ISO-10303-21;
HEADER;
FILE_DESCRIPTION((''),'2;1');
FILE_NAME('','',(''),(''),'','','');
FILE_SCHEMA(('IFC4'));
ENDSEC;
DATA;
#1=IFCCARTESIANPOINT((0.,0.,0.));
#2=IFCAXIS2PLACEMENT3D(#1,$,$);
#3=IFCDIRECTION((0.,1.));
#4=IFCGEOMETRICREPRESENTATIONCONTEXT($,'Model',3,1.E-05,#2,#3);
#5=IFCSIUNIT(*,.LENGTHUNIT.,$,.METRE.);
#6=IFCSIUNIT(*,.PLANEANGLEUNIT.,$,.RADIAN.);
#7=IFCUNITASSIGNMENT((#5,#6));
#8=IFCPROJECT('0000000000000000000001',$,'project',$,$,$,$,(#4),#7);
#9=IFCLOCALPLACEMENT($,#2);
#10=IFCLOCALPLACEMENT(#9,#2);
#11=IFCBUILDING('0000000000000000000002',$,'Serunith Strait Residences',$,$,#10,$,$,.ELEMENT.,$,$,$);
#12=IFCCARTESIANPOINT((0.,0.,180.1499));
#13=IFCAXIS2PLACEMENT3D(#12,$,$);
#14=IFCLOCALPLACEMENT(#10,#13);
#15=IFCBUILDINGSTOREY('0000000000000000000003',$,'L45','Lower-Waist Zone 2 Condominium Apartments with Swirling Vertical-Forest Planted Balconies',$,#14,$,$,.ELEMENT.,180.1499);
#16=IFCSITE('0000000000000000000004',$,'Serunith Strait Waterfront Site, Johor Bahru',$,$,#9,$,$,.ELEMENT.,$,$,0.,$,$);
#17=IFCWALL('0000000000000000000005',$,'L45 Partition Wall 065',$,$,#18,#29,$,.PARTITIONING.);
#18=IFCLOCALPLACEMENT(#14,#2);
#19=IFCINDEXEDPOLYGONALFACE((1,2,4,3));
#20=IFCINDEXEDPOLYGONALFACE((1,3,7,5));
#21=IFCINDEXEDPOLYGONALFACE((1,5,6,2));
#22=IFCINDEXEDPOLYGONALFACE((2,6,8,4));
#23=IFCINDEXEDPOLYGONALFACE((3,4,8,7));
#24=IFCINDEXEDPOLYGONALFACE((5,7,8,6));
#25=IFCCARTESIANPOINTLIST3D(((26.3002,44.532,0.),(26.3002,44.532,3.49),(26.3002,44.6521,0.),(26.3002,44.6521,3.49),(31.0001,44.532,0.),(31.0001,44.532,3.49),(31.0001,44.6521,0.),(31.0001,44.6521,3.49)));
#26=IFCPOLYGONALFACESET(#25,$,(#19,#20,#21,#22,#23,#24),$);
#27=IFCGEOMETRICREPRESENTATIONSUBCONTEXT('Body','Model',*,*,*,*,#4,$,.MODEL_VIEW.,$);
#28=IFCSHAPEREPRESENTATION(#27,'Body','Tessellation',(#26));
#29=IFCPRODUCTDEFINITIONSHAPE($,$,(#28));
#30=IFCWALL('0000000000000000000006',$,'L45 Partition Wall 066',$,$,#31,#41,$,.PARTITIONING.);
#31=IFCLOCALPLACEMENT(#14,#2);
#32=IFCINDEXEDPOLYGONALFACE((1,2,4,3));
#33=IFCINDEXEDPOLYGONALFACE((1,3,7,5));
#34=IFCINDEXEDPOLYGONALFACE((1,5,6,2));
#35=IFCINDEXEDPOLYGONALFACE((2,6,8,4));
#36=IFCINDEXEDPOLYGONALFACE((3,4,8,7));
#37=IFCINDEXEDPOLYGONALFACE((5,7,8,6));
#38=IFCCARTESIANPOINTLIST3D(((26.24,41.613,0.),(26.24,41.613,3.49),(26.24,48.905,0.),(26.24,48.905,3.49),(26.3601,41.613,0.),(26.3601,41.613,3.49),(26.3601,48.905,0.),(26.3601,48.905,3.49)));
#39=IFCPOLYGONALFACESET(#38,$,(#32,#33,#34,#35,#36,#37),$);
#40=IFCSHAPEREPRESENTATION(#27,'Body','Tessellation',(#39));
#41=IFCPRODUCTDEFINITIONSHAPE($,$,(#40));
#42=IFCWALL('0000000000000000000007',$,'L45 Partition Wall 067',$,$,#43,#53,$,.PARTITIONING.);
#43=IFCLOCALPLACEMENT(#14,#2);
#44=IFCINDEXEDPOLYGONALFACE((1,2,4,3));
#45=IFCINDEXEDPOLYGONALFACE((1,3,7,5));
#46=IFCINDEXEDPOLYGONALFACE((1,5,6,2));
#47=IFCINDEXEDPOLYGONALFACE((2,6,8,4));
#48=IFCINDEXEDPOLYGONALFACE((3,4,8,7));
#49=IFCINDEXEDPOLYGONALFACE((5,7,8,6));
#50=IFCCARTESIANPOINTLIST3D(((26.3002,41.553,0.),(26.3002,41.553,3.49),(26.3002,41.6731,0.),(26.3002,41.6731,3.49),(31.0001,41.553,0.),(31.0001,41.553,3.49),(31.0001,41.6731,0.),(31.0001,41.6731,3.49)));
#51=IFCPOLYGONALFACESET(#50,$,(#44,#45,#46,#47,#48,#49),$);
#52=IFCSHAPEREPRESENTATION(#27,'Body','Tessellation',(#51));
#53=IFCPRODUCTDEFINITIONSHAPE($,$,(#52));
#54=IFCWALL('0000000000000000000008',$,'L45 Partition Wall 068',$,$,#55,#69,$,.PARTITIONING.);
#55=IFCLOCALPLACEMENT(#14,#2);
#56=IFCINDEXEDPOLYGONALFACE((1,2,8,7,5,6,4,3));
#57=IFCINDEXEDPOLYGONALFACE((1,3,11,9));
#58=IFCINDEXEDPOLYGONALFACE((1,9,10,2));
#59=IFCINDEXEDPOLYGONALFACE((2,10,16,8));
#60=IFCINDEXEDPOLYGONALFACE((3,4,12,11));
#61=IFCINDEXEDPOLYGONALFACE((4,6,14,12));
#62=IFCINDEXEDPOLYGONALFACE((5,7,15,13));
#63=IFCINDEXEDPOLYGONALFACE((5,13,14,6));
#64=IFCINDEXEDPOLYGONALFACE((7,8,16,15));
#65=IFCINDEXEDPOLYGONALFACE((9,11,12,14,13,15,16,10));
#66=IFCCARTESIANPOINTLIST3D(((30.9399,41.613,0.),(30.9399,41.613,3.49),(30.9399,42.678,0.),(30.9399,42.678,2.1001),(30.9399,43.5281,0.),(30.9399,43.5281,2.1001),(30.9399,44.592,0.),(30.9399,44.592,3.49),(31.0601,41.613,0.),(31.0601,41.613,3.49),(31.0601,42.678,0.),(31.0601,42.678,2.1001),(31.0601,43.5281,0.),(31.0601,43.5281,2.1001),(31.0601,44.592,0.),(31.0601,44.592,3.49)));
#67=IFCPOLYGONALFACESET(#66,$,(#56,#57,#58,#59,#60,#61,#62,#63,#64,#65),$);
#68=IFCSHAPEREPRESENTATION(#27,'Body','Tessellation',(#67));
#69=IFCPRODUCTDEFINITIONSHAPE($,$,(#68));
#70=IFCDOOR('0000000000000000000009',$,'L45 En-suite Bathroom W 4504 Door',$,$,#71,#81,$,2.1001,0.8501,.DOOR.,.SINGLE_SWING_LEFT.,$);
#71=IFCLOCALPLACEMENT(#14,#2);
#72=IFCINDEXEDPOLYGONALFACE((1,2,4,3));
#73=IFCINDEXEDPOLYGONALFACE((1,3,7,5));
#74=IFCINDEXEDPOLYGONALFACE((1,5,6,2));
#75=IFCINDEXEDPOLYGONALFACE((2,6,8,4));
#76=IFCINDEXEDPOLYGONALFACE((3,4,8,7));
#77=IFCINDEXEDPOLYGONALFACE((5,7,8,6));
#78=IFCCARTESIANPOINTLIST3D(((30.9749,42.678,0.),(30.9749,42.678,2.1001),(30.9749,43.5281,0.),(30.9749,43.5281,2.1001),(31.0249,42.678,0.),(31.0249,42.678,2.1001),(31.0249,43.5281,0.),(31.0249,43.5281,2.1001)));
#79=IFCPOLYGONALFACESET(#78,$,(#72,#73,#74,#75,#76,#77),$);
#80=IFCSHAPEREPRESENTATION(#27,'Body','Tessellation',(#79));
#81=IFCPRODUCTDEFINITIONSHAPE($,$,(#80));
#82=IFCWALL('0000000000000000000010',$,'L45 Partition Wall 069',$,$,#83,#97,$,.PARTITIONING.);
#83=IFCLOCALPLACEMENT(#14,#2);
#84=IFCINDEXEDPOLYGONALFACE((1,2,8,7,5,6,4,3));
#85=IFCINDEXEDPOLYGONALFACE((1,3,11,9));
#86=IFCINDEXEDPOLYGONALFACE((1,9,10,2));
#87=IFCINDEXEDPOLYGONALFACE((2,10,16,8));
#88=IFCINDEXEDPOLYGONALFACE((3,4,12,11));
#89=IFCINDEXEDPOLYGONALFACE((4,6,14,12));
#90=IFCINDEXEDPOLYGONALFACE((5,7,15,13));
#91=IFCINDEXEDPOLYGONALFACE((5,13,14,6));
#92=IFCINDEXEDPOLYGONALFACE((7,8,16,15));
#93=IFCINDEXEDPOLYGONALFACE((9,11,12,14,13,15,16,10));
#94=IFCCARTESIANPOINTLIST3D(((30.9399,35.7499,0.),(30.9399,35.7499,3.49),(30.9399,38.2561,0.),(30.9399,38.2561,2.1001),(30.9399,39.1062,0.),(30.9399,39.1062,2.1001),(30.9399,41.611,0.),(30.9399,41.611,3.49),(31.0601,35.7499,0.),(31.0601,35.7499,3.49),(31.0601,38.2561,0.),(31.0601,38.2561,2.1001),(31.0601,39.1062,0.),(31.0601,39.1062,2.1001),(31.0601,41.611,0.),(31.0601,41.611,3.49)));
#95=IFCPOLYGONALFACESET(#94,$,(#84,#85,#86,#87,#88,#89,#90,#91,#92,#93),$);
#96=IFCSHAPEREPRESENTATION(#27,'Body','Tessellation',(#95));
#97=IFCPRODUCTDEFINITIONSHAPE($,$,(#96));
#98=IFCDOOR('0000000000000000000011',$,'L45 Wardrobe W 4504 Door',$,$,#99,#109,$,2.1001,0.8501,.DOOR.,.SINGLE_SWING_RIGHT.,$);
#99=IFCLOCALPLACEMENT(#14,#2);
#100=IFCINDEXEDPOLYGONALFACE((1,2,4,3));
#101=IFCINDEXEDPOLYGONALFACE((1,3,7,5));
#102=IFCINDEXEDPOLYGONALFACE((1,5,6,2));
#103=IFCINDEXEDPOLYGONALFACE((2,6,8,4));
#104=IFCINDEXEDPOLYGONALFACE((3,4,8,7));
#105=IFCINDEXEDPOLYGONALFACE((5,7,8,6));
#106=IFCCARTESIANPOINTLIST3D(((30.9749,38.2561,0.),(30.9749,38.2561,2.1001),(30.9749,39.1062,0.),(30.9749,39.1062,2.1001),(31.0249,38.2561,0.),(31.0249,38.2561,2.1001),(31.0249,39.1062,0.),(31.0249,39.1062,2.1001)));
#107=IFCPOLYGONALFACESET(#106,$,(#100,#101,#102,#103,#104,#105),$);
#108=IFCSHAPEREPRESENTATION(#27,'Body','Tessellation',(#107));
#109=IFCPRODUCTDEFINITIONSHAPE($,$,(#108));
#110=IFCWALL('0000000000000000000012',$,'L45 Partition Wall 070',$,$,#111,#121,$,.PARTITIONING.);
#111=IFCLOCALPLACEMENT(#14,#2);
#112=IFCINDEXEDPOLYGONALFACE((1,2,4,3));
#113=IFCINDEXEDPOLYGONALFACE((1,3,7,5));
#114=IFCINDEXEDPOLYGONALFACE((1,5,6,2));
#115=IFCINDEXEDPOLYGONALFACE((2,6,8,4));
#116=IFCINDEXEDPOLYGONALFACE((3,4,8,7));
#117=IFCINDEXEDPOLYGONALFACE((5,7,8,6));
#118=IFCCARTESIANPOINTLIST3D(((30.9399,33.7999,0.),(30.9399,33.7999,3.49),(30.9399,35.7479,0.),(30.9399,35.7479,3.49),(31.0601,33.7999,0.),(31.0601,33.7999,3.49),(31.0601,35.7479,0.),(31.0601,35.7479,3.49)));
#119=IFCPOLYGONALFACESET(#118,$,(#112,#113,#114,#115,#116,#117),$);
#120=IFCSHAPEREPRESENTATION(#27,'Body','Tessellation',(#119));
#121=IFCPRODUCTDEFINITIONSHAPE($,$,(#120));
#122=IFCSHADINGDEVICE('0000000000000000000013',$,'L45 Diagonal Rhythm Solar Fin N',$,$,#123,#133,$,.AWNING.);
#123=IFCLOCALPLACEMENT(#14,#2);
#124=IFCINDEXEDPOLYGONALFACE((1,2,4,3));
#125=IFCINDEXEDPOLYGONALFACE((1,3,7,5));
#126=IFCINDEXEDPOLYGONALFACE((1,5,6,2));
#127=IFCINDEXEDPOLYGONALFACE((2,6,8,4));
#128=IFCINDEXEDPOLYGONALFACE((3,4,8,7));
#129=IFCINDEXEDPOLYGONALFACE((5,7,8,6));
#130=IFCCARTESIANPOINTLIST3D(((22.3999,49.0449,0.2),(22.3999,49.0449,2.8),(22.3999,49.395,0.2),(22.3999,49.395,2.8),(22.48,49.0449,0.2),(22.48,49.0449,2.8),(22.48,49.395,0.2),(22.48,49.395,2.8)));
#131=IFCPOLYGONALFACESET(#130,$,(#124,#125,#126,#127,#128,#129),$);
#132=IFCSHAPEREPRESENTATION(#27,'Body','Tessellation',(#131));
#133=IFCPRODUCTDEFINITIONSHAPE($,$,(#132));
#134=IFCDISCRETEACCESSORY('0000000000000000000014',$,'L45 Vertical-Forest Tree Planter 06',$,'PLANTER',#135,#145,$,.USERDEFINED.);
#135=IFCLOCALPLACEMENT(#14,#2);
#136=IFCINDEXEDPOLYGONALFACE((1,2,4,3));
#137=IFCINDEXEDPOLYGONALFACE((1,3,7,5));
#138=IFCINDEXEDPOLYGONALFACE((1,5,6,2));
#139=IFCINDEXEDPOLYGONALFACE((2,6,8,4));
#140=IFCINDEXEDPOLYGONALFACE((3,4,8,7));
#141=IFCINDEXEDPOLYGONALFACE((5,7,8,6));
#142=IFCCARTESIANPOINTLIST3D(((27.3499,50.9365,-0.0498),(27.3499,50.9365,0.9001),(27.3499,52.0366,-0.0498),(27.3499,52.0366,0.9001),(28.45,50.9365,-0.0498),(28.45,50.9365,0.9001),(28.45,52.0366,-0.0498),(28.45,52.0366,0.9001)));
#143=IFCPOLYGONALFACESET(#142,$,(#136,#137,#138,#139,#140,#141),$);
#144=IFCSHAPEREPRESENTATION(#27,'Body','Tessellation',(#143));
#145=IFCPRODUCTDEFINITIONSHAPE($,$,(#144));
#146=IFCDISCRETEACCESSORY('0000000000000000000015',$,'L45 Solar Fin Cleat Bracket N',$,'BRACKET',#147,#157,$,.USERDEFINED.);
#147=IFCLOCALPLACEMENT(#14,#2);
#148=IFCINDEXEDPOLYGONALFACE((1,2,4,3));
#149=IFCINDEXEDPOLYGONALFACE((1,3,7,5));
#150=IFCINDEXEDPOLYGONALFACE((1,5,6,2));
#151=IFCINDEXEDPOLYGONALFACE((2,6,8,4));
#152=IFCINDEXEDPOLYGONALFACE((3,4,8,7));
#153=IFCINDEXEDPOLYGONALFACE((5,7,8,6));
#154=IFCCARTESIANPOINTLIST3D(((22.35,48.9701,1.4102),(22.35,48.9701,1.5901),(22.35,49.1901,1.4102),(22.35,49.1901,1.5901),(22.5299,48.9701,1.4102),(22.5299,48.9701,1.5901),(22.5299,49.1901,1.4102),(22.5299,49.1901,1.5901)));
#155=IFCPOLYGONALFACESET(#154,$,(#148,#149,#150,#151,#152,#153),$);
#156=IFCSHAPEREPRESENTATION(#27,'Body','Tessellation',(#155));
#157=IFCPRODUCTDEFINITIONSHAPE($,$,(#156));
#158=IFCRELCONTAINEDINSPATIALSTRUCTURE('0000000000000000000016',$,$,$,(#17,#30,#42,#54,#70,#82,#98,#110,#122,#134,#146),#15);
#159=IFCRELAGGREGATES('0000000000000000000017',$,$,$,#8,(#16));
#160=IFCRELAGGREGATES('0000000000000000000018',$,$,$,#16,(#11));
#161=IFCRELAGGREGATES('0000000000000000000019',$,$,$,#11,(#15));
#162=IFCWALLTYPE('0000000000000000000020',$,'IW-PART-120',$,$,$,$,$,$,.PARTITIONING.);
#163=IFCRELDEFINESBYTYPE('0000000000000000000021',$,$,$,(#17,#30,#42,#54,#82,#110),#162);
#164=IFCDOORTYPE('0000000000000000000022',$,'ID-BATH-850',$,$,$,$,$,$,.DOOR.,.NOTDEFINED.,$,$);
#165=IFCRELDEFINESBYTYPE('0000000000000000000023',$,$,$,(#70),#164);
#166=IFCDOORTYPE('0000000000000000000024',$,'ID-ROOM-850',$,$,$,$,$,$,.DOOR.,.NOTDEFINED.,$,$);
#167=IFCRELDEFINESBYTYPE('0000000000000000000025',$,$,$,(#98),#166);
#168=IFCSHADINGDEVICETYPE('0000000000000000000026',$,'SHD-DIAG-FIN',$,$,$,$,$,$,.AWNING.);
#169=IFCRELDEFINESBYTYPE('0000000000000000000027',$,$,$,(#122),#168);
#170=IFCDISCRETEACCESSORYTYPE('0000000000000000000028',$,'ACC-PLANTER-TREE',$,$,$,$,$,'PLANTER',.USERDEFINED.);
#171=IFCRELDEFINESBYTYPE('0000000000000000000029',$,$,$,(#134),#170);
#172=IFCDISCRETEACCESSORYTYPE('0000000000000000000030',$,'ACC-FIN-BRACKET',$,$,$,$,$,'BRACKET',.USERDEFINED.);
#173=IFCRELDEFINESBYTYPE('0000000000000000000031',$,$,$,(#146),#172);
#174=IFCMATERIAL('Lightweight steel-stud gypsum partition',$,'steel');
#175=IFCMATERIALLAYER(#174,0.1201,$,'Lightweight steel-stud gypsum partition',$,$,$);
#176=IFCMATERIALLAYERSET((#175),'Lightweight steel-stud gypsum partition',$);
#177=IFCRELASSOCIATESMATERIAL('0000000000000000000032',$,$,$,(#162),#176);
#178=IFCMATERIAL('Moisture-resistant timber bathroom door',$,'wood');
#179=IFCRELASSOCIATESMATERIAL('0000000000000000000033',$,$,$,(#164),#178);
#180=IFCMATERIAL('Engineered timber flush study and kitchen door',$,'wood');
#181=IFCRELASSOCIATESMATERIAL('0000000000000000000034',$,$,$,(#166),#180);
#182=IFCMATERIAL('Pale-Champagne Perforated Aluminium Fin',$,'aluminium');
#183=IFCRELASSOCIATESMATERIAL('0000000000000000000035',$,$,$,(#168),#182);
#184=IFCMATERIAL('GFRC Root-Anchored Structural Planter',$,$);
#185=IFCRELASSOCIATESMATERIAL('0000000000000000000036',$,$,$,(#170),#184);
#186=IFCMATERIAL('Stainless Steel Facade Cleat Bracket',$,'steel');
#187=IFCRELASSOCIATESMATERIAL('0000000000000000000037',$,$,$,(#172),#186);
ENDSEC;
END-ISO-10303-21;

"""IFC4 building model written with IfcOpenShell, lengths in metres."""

from ifc_helpers import new_model, si_unit, direction, frame, frame_2d, origin, origin_2d, place, context, subcontext, project, spatial, rectangle, extrude, source, transform, mapped, material, layer, layer_set, type_object, element, fill, save


model = new_model("IFC4")

# Units and contexts
model_context = context("Model", 3, precision=1e-05, world=origin(), true_north=direction((0.0, 1.0)))
body_context = subcontext(model_context, "Body", "Model", "MODEL_VIEW")
ifc_project = project(units=[si_unit("LENGTHUNIT", "METRE"), si_unit("PLANEANGLEUNIT", "RADIAN")], contexts=[model_context])

# Site, building, storey
site_placement = place(None, origin())
site = spatial("IfcSite", under=ifc_project, at=site_placement, Name="Serunith Strait Waterfront Site, Johor Bahru", CompositionType="ELEMENT", RefElevation=0.0)
building_placement = place(site_placement, origin())
building = spatial("IfcBuilding", under=site, at=building_placement, Name="Serunith Strait Residences", CompositionType="ELEMENT")
storey_placement = place(building_placement, frame((0.0, 0.0, 180.1499)))
storey = spatial("IfcBuildingStorey", under=building, at=storey_placement, Name="L45", Description="Lower-Waist Zone 2 Condominium Apartments with Swirling Vertical-Forest Planted Balconies", CompositionType="ELEMENT", Elevation=180.1499)

# Shared definitions
ifc_material_1 = material(Name="Lightweight steel-stud gypsum partition", Category="steel")
ifc_layer_1 = layer(ifc_material_1, 0.1201, Name="Lightweight steel-stud gypsum partition")
ifc_layer_set_1 = layer_set([ifc_layer_1], Name="Lightweight steel-stud gypsum partition")
wall_type = type_object("IfcWallType", Name="IW-PART-120", PredefinedType="PARTITIONING", material=ifc_layer_set_1)

# Walls
wall_1_placement = place(storey_placement, frame((26.3, 44.592, 0.0), z_axis=(0.0, 0.0, 1.0), x_axis=(1.0, 0.0, 0.0)))
element("IfcWall", 1, at=wall_1_placement, inside=storey, type_object=wall_type, Name="L45 Partition Wall 065", PredefinedType="PARTITIONING", context=body_context, shape_type="SweptSolid", body=[
    extrude(rectangle(XDim=4.7, YDim=0.1201, at=frame_2d((2.3501, 0.0))), origin(), (0.0, 0.0, 1.0), 3.49),
])
wall_2_placement = place(storey_placement, frame((26.3, 48.905, 0.0), z_axis=(0.0, 0.0, 1.0), x_axis=(0.0, -1.0, 0.0)))
element("IfcWall", 2, at=wall_2_placement, inside=storey, type_object=wall_type, Name="L45 Partition Wall 066", PredefinedType="PARTITIONING", context=body_context, shape_type="SweptSolid", body=[
    extrude(rectangle(XDim=7.292, YDim=0.1201, at=frame_2d((3.646, 0.0))), origin(), (0.0, 0.0, 1.0), 3.49),
])
wall_3_placement = place(storey_placement, frame((26.3, 41.613, 0.0), z_axis=(0.0, 0.0, 1.0), x_axis=(1.0, 0.0, 0.0)))
element("IfcWall", 3, at=wall_3_placement, inside=storey, type_object=wall_type, Name="L45 Partition Wall 067", PredefinedType="PARTITIONING", context=body_context, shape_type="SweptSolid", body=[
    extrude(rectangle(XDim=4.7, YDim=0.1201, at=frame_2d((2.3501, 0.0))), origin(), (0.0, 0.0, 1.0), 3.49),
])

# Walls, openings, doors
wall_4_placement = place(storey_placement, frame((31.0, 44.592, 0.0), z_axis=(0.0, 0.0, 1.0), x_axis=(0.0, -1.0, 0.0)))
wall_4 = element("IfcWall", 4, at=wall_4_placement, inside=storey, type_object=wall_type, Name="L45 Partition Wall 068", PredefinedType="PARTITIONING", context=body_context, shape_type="SweptSolid", body=[
    extrude(rectangle(XDim=2.979, YDim=0.1201, at=frame_2d((1.4895, 0.0))), origin(), (0.0, 0.0, 1.0), 3.49),
])
opening_1_placement = place(wall_4_placement, frame((1.064, 0.0, 0.0)))
opening_1 = element("IfcOpeningElement", 5, at=opening_1_placement, cuts=wall_4, PredefinedType="OPENING", context=body_context, shape_type="SweptSolid", body=[
    extrude(rectangle(XDim=0.8501, YDim=2.1001, at=frame_2d((0.425, 1.05))), frame((0.0, 0.0701, 0.0), z_axis=(0.0, -1.0, 0.0), x_axis=(1.0, 0.0, 0.0)), (0.0, 0.0, 1.0), 0.1401),
])
ifc_material_2 = material(Name="Moisture-resistant timber bathroom door", Category="wood")
door_type_1 = type_object("IfcDoorType", Name="ID-BATH-850", OperationType="NOTDEFINED", PredefinedType="DOOR", material=ifc_material_2)
shared_shape_1 = source(origin(), body_context, "Body", "SweptSolid", [
    extrude(rectangle(XDim=0.8501, YDim=2.1001, at=frame_2d((0.425, 1.05))), frame((0.0, 0.0249, 0.0), z_axis=(0.0, -1.0, 0.0), x_axis=(1.0, 0.0, 0.0)), (0.0, 0.0, 1.0), 0.05),
])
door_1_placement = place(opening_1_placement, origin())
door_1 = element("IfcDoor", 6, at=door_1_placement, inside=storey, type_object=door_type_1, Name="L45 En-suite Bathroom W 4504 Door", OperationType="SINGLE_SWING_LEFT", OverallHeight=2.1001, OverallWidth=0.8501, PredefinedType="DOOR", context=body_context, shape_type="MappedRepresentation", body=[
    mapped(shared_shape_1, transform((0.0, 0.0, 0.0), scale=1.0)),
])
fill(opening_1, door_1)
wall_5_placement = place(storey_placement, frame((31.0, 41.6111, 0.0), z_axis=(0.0, 0.0, 1.0), x_axis=(0.0, -1.0, 0.0)))
wall_5 = element("IfcWall", 7, at=wall_5_placement, inside=storey, type_object=wall_type, Name="L45 Partition Wall 069", PredefinedType="PARTITIONING", context=body_context, shape_type="SweptSolid", body=[
    extrude(rectangle(XDim=5.8611, YDim=0.1201, at=frame_2d((2.9307, 0.0))), origin(), (0.0, 0.0, 1.0), 3.49),
])
opening_2_placement = place(wall_5_placement, frame((2.5049, 0.0, 0.0)))
opening_2 = element("IfcOpeningElement", 8, at=opening_2_placement, cuts=wall_5, PredefinedType="OPENING", context=body_context, shape_type="SweptSolid", body=[
    extrude(rectangle(XDim=0.8501, YDim=2.1001, at=frame_2d((0.425, 1.05))), frame((0.0, 0.0701, 0.0), z_axis=(0.0, -1.0, 0.0), x_axis=(1.0, 0.0, 0.0)), (0.0, 0.0, 1.0), 0.1401),
])
ifc_material_3 = material(Name="Engineered timber flush study and kitchen door", Category="wood")
door_type_2 = type_object("IfcDoorType", Name="ID-ROOM-850", OperationType="NOTDEFINED", PredefinedType="DOOR", material=ifc_material_3)
door_2_placement = place(opening_2_placement, origin())
door_2 = element("IfcDoor", 9, at=door_2_placement, inside=storey, type_object=door_type_2, Name="L45 Wardrobe W 4504 Door", OperationType="SINGLE_SWING_RIGHT", OverallHeight=2.1001, OverallWidth=0.8501, PredefinedType="DOOR", context=body_context, shape_type="MappedRepresentation", body=[
    mapped(shared_shape_1, transform((0.0, 0.0, 0.0), scale=1.0)),
])
fill(opening_2, door_2)

# Wall
wall_6_placement = place(storey_placement, frame((31.0, 35.748, 0.0), z_axis=(0.0, 0.0, 1.0), x_axis=(0.0, -1.0, 0.0)))
element("IfcWall", 10, at=wall_6_placement, inside=storey, type_object=wall_type, Name="L45 Partition Wall 070", PredefinedType="PARTITIONING", context=body_context, shape_type="SweptSolid", body=[
    extrude(rectangle(XDim=1.948, YDim=0.1201, at=frame_2d((0.9741, 0.0))), origin(), (0.0, 0.0, 1.0), 3.49),
])

# Shading device
ifc_material_4 = material(Name="Pale-Champagne Perforated Aluminium Fin", Category="aluminium")
shading_device_type = type_object("IfcShadingDeviceType", Name="SHD-DIAG-FIN", PredefinedType="AWNING", material=ifc_material_4)
shared_shape_2 = source(origin(), body_context, "Body", "SweptSolid", [
    extrude(rectangle(XDim=0.0801, YDim=0.3501, at=origin_2d()), origin(), (0.0, 0.0, 1.0), 2.6001),
])
shading_device_placement = place(storey_placement, frame((22.4399, 49.22, 0.2), z_axis=(0.0, 0.0, 1.0), x_axis=(1.0, 0.0, 0.0)))
element("IfcShadingDevice", 11, at=shading_device_placement, inside=storey, type_object=shading_device_type, Name="L45 Diagonal Rhythm Solar Fin N", PredefinedType="AWNING", context=body_context, shape_type="MappedRepresentation", body=[
    mapped(shared_shape_2, transform((0.0, 0.0, 0.0), scale=1.0)),
])

# Discrete accessories
ifc_material_5 = material(Name="GFRC Root-Anchored Structural Planter")
discrete_accessory_type_1 = type_object("IfcDiscreteAccessoryType", Name="ACC-PLANTER-TREE", ElementType="PLANTER", PredefinedType="USERDEFINED", material=ifc_material_5)
shared_shape_3 = source(origin(), body_context, "Body", "SweptSolid", [
    extrude(rectangle(XDim=1.1001, YDim=1.1001, at=origin_2d()), origin(), (0.0, 0.0, 1.0), 0.95),
])
discrete_accessory_1_placement = place(storey_placement, frame((27.8999, 51.4866, -0.0498), z_axis=(0.0, 0.0, 1.0), x_axis=(-1.0, 0.0, 0.0)))
element("IfcDiscreteAccessory", 12, at=discrete_accessory_1_placement, inside=storey, type_object=discrete_accessory_type_1, Name="L45 Vertical-Forest Tree Planter 06", ObjectType="PLANTER", PredefinedType="USERDEFINED", context=body_context, shape_type="MappedRepresentation", body=[
    mapped(shared_shape_3, transform((0.0, 0.0, 0.0), scale=1.0)),
])
ifc_material_6 = material(Name="Stainless Steel Facade Cleat Bracket", Category="steel")
discrete_accessory_type_2 = type_object("IfcDiscreteAccessoryType", Name="ACC-FIN-BRACKET", ElementType="BRACKET", PredefinedType="USERDEFINED", material=ifc_material_6)
shared_shape_4 = source(origin(), body_context, "Body", "SweptSolid", [
    extrude(rectangle(XDim=0.1799, YDim=0.22, at=origin_2d()), origin(), (0.0, 0.0, 1.0), 0.1799),
])
discrete_accessory_2_placement = place(storey_placement, frame((22.4399, 49.0801, 1.4102), z_axis=(0.0, 0.0, 1.0), x_axis=(1.0, 0.0, 0.0)))
element("IfcDiscreteAccessory", 13, at=discrete_accessory_2_placement, inside=storey, type_object=discrete_accessory_type_2, Name="L45 Solar Fin Cleat Bracket N", ObjectType="BRACKET", PredefinedType="USERDEFINED", context=body_context, shape_type="MappedRepresentation", body=[
    mapped(shared_shape_4, transform((0.0, 0.0, 0.0), scale=1.0)),
])

save(model, "model.ifc")
